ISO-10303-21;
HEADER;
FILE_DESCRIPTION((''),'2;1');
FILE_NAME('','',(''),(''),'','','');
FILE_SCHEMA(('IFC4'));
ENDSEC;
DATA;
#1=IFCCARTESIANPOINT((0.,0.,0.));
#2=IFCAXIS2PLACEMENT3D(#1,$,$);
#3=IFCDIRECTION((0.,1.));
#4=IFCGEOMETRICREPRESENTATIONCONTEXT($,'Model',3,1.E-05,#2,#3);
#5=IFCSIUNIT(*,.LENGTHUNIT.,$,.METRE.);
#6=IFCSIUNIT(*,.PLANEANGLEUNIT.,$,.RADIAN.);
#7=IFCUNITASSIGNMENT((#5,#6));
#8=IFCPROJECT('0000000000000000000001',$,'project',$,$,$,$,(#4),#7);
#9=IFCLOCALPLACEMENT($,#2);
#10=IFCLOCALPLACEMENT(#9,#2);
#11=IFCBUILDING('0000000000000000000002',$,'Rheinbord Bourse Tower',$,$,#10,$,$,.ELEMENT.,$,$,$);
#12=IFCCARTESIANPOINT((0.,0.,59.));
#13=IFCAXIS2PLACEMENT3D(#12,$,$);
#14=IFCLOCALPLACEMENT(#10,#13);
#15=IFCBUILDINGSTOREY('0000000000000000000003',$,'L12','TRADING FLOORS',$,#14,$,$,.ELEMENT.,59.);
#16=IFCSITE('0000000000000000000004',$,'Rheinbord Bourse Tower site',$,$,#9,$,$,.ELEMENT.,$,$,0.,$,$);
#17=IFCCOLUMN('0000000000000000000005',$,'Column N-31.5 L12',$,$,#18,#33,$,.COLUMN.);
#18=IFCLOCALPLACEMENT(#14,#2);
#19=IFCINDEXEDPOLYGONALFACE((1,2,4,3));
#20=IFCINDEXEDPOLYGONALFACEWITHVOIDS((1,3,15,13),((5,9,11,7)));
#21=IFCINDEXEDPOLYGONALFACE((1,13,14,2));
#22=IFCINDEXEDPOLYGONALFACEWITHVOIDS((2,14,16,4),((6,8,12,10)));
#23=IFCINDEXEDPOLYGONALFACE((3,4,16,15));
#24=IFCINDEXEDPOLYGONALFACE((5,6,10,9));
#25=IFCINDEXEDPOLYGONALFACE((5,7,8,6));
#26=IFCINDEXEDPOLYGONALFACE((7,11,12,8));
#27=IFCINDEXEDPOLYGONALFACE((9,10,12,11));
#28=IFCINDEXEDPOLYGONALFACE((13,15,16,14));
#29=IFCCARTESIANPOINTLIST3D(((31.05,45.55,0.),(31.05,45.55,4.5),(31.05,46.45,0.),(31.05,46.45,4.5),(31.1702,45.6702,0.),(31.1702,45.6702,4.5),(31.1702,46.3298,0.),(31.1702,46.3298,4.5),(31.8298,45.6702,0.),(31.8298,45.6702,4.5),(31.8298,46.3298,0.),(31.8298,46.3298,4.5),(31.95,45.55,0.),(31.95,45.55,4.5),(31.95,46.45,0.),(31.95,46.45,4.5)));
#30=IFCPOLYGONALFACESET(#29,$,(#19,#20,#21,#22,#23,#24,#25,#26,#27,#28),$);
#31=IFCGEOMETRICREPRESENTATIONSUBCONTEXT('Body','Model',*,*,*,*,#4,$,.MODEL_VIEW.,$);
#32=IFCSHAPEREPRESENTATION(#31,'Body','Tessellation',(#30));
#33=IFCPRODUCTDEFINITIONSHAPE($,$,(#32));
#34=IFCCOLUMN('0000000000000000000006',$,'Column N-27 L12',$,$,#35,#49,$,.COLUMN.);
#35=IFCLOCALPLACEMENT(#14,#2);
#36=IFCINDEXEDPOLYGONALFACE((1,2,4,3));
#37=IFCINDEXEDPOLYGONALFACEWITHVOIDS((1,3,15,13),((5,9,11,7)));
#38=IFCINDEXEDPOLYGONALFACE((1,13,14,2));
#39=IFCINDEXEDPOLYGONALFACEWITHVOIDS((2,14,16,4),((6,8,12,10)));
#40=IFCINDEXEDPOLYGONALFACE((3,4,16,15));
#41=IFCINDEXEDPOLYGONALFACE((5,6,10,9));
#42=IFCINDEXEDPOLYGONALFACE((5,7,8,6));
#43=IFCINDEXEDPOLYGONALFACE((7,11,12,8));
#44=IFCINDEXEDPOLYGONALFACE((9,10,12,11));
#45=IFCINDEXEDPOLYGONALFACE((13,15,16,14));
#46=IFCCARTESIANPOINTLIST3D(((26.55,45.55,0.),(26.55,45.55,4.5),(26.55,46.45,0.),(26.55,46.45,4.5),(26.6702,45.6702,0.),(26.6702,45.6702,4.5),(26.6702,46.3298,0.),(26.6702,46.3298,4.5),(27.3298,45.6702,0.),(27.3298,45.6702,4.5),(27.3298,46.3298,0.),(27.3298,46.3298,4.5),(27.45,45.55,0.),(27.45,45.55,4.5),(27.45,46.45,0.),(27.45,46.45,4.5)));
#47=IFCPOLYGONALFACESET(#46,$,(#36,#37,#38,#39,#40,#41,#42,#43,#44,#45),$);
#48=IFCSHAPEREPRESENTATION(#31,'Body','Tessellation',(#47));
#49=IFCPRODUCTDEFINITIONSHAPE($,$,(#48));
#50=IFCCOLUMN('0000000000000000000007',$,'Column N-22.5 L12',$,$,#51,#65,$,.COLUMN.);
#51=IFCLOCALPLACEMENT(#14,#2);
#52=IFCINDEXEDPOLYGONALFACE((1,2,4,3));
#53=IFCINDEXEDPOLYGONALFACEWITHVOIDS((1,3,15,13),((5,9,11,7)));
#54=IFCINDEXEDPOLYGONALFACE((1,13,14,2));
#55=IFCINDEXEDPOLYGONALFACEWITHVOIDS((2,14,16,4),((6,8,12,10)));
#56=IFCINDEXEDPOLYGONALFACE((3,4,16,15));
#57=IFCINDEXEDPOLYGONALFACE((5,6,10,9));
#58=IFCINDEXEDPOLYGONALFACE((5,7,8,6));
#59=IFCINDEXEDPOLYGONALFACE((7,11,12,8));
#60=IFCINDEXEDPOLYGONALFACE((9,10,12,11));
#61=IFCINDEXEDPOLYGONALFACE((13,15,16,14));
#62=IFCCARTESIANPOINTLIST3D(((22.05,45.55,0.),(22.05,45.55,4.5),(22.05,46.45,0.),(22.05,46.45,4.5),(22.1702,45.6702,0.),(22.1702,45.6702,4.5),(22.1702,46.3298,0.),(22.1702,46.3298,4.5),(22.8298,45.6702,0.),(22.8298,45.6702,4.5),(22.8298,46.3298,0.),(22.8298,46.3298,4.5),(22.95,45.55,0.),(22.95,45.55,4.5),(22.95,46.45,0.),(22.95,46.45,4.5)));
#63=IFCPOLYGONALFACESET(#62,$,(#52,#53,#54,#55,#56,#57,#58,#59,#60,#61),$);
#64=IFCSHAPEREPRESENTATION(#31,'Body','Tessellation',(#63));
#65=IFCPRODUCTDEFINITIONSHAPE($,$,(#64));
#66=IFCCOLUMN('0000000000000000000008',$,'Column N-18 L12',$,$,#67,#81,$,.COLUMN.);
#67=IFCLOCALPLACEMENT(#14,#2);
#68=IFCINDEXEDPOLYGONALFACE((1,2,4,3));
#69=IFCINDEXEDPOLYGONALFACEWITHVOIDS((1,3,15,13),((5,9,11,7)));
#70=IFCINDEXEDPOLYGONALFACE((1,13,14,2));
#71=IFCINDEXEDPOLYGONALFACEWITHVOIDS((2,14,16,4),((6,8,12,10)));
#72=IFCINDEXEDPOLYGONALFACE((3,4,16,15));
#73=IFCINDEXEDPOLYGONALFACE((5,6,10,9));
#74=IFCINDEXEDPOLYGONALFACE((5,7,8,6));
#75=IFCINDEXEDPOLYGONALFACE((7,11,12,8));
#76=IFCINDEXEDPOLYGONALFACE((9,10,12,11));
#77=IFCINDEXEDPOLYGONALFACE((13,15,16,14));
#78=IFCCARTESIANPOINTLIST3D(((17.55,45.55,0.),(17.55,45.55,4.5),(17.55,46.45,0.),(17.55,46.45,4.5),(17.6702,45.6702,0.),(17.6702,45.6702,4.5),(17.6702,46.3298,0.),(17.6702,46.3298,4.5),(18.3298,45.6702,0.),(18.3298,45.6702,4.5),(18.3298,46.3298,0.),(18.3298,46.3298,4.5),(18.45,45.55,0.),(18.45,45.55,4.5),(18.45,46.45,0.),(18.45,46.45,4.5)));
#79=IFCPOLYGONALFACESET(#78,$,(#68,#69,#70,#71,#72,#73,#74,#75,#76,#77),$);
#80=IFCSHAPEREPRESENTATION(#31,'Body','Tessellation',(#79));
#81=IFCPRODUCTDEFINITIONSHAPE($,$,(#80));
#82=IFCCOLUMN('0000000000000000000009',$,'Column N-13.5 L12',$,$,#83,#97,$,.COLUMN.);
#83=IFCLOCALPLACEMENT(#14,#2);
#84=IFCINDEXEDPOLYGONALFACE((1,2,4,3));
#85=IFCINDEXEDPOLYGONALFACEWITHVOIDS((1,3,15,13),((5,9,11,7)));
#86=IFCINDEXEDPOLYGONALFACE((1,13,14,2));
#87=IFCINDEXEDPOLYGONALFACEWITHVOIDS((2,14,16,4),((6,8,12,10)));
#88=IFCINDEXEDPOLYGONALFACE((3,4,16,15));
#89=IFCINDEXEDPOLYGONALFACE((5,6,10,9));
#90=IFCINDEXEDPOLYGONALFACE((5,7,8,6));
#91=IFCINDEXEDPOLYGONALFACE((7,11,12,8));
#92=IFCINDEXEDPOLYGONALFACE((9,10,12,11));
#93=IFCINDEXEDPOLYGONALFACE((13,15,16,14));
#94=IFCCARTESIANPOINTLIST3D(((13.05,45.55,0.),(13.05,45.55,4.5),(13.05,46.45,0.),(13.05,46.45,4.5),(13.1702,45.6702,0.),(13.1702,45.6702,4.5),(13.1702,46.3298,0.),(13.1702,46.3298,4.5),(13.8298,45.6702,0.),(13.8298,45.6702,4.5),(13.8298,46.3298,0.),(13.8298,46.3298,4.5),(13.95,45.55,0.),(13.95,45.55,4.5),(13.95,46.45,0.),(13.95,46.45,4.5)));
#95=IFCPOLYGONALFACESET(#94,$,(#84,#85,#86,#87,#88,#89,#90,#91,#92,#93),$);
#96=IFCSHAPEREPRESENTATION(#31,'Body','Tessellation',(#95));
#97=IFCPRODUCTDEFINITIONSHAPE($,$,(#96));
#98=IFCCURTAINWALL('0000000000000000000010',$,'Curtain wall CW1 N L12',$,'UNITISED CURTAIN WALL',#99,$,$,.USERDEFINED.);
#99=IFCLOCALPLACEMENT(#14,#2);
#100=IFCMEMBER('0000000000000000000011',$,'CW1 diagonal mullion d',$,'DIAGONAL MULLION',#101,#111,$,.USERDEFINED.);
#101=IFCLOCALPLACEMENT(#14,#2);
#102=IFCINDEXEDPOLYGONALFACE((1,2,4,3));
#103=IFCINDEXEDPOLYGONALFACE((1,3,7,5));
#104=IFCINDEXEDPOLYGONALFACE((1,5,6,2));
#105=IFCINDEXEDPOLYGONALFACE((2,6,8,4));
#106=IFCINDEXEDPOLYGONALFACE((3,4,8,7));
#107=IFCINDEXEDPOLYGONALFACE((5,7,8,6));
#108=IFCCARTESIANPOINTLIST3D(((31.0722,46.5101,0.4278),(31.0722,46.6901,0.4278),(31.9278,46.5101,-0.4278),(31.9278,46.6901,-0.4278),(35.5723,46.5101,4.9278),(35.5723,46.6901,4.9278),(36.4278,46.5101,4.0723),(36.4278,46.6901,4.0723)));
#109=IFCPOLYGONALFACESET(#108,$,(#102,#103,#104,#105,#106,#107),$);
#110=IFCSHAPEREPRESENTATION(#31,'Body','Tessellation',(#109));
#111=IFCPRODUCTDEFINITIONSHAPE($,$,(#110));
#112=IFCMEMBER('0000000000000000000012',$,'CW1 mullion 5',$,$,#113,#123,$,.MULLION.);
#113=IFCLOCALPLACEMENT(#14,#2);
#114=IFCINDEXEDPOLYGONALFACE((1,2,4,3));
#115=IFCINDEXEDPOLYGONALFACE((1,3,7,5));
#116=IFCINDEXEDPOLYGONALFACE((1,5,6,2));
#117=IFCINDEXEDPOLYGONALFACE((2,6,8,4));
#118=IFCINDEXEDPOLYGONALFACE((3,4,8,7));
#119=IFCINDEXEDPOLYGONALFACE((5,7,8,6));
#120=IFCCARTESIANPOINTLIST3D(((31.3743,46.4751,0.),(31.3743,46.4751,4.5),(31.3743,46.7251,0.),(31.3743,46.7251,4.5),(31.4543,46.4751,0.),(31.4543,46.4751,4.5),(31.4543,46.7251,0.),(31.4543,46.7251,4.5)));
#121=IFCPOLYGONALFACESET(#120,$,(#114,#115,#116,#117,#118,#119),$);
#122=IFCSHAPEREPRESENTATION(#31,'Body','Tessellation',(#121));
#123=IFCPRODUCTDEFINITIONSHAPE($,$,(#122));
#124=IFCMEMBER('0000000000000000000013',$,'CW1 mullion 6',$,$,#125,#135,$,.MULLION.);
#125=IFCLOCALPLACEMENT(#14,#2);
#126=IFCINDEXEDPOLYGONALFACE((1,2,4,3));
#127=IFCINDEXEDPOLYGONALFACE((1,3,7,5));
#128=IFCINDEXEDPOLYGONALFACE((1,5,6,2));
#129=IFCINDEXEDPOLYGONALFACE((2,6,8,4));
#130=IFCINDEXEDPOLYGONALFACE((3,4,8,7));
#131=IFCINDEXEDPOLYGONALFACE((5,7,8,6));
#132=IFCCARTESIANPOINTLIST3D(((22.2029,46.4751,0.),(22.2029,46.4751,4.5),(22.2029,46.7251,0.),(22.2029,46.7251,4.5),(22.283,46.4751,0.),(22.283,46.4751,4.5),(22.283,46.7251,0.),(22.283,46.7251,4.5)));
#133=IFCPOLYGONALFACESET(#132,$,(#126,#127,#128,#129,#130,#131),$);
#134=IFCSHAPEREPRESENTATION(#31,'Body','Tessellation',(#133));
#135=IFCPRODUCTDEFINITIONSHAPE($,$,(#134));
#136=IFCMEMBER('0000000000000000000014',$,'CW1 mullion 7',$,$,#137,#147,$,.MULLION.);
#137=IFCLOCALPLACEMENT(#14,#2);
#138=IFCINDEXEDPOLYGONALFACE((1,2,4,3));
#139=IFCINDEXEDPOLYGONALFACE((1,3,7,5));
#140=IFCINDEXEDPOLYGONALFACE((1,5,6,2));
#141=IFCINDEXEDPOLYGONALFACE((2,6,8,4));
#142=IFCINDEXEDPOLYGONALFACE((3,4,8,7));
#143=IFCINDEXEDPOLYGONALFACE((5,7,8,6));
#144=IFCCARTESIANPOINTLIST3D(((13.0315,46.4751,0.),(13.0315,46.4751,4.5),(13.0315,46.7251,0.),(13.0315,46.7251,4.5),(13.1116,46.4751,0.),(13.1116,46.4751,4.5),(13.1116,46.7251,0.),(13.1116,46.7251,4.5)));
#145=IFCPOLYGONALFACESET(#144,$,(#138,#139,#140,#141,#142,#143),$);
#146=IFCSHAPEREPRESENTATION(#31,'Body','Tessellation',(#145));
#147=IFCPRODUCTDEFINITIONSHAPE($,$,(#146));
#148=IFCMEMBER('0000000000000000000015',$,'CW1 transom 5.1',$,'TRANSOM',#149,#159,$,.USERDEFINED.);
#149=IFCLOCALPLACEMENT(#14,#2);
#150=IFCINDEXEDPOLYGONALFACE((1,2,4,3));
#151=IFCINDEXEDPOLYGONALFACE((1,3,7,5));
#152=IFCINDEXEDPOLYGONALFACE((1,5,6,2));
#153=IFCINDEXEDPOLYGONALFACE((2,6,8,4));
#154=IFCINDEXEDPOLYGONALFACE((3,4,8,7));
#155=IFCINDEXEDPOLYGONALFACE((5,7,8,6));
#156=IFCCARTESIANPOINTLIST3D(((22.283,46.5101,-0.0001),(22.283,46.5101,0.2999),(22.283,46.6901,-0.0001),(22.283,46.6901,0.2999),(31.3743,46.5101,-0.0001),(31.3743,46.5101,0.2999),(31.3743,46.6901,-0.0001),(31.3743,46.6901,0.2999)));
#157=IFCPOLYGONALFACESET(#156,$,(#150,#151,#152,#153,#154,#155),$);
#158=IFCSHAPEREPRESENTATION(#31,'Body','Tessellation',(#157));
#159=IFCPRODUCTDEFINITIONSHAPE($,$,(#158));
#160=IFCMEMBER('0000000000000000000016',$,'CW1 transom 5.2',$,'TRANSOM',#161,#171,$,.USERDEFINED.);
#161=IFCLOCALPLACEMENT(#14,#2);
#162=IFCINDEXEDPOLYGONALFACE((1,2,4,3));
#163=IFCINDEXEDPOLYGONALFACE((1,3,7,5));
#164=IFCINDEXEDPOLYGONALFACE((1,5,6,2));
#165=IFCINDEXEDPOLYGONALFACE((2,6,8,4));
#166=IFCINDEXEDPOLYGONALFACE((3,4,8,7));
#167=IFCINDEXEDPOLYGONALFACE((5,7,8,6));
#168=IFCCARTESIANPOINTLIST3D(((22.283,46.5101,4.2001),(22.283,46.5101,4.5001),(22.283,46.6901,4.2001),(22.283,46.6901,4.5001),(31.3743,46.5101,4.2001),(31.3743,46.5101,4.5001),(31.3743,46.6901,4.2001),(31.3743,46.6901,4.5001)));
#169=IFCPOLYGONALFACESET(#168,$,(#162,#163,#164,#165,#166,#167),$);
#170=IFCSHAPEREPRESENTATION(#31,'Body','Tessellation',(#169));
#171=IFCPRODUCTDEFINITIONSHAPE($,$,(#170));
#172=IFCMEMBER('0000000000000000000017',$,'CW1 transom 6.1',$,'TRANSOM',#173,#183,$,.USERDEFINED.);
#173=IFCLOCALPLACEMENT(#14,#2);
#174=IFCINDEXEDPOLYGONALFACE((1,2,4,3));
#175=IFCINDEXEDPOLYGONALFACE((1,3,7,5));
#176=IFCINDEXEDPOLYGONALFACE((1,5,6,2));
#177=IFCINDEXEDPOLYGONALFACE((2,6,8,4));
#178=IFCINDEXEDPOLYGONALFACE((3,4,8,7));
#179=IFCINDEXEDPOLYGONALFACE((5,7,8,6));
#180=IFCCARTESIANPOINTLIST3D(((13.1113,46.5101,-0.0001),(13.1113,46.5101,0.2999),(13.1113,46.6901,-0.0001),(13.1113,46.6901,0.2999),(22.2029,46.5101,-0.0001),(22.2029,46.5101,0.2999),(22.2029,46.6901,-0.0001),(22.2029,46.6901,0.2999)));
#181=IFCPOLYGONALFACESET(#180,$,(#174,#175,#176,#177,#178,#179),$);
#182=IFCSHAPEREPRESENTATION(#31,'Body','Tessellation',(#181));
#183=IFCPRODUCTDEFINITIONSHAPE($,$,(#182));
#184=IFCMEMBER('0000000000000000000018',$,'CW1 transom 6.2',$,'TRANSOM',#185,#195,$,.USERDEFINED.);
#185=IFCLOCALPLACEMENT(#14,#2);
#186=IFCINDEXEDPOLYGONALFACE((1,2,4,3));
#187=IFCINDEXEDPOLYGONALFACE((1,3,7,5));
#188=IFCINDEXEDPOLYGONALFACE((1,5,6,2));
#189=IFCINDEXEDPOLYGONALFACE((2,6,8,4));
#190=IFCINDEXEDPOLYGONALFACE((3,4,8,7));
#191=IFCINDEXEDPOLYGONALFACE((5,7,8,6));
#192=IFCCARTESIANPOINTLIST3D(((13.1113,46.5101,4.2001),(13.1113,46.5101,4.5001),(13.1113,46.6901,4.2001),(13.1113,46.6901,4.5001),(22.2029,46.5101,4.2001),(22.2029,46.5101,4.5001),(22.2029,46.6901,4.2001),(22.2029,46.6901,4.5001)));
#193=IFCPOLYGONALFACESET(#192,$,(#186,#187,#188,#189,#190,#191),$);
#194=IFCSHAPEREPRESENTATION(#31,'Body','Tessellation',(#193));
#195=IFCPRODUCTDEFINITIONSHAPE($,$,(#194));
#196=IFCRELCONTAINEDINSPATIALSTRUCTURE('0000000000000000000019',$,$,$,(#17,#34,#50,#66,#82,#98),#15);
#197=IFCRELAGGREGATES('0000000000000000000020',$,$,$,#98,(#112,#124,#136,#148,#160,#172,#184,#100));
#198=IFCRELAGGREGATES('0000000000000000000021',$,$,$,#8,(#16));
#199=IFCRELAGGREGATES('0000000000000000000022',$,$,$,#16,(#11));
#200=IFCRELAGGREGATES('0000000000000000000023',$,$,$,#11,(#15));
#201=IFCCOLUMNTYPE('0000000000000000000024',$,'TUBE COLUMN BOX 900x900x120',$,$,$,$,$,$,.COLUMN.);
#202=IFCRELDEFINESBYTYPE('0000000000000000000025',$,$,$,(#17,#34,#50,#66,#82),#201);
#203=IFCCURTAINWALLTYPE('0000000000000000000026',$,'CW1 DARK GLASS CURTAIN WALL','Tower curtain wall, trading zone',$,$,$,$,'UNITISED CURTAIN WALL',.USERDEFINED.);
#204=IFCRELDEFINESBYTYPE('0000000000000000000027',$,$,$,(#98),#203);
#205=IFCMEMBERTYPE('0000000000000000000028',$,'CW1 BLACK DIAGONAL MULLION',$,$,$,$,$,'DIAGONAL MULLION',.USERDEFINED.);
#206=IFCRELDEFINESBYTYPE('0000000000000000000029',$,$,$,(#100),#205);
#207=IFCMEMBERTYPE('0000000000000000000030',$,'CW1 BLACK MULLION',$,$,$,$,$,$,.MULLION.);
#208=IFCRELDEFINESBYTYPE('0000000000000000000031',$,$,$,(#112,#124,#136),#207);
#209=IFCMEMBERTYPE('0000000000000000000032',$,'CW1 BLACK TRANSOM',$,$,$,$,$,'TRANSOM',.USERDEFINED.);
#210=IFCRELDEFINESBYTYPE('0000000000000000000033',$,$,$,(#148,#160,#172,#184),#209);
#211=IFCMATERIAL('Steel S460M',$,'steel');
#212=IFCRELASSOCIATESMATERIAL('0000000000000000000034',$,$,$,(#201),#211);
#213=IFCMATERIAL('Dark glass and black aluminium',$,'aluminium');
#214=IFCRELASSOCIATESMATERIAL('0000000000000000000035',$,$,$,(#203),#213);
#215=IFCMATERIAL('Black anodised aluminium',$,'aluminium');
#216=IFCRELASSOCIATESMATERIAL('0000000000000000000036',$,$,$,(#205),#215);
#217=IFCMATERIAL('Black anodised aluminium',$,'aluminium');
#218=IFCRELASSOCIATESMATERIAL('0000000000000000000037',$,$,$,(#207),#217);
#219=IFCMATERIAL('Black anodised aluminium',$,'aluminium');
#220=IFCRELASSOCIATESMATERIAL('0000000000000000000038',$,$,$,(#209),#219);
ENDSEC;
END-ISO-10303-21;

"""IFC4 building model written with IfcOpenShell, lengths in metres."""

from ifc_helpers import new_model, si_unit, direction, frame, origin, origin_2d, place, context, subcontext, project, spatial, rectangle, hollow_rectangle, extrude, material, material_profile, profile_set, type_object, element, aggregate, save


model = new_model("IFC4")

# Units and contexts
model_context = context("Model", 3, precision=1e-05, world=origin(), true_north=direction((0.0, 1.0)))
body_context = subcontext(model_context, "Body", "Model", "MODEL_VIEW")
ifc_project = project(units=[si_unit("LENGTHUNIT", "METRE"), si_unit("PLANEANGLEUNIT", "RADIAN")], contexts=[model_context])

# Site, building, storey
site_placement = place(None, origin())
site = spatial("IfcSite", under=ifc_project, at=site_placement, Name="Rheinbord Bourse Tower site", CompositionType="ELEMENT", RefElevation=0.0)
building_placement = place(site_placement, origin())
building = spatial("IfcBuilding", under=site, at=building_placement, Name="Rheinbord Bourse Tower", CompositionType="ELEMENT")
storey_placement = place(building_placement, frame((0.0, 0.0, 59.0)))
storey = spatial("IfcBuildingStorey", under=building, at=storey_placement, Name="L12", Description="TRADING FLOORS", CompositionType="ELEMENT", Elevation=59.0)

# Columns
ifc_material_1 = material(Name="Steel S460M", Category="steel")
ifc_material_profile_1 = material_profile(ifc_material_1, hollow_rectangle(XDim=0.8999, YDim=0.8999, WallThickness=0.1201, at=origin_2d()), Name="BOX 900x900x120")
ifc_profile_set_1 = profile_set([ifc_material_profile_1], Name="Steel S460M")
column_type = type_object("IfcColumnType", Name="TUBE COLUMN BOX 900x900x120", PredefinedType="COLUMN", material=ifc_profile_set_1)
for number, where, z_axis, x_axis, name in (
    (1, (31.5, 46.0, 0.0), (0.0, 0.0, 1.0), (0.0, 1.0, 0.0), "Column N-31.5 L12"),
    (2, (27.0, 46.0, 0.0), (0.0, 0.0, 1.0), (0.0, 1.0, 0.0), "Column N-27 L12"),
    (3, (22.5, 46.0, 0.0), (0.0, 0.0, 1.0), (0.0, 1.0, 0.0), "Column N-22.5 L12"),
    (4, (18.0, 46.0, 0.0), (0.0, 0.0, 1.0), (0.0, 1.0, 0.0), "Column N-18 L12"),
    (5, (13.5, 46.0, 0.0), (0.0, 0.0, 1.0), (0.0, 1.0, 0.0), "Column N-13.5 L12"),
):
    element("IfcColumn", number, at=place(storey_placement, frame(where, z_axis=z_axis, x_axis=x_axis)), inside=storey, type_object=column_type, Name=name, PredefinedType="COLUMN", context=body_context, shape_type="SweptSolid", body=[
        extrude(hollow_rectangle(XDim=0.8999, YDim=0.8999, WallThickness=0.1201, at=origin_2d()), origin(), (0.0, 0.0, 1.0), 4.5),
    ])

# Curtain wall, members
ifc_material_2 = material(Name="Dark glass and black aluminium", Category="aluminium")
curtain_wall_type = type_object("IfcCurtainWallType", Name="CW1 DARK GLASS CURTAIN WALL", Description="Tower curtain wall, trading zone", ElementType="UNITISED CURTAIN WALL", PredefinedType="USERDEFINED", material=ifc_material_2)
curtain_wall_placement = place(storey_placement, origin())
curtain_wall = element("IfcCurtainWall", 6, at=curtain_wall_placement, inside=storey, type_object=curtain_wall_type, Name="Curtain wall CW1 N L12", ObjectType="UNITISED CURTAIN WALL", PredefinedType="USERDEFINED")
ifc_material_3 = material(Name="Black anodised aluminium", Category="aluminium")
ifc_material_profile_2 = material_profile(ifc_material_3, rectangle(XDim=0.1799, YDim=1.21, at=origin_2d()), Name="CW1 DIAGONAL MULLION 1210x180")
ifc_profile_set_2 = profile_set([ifc_material_profile_2], Name="Black anodised aluminium")
member_type_1 = type_object("IfcMemberType", Name="CW1 BLACK DIAGONAL MULLION", ElementType="DIAGONAL MULLION", PredefinedType="USERDEFINED", material=ifc_profile_set_2)
member_1_placement = place(storey_placement, frame((31.5, 46.6001, 0.0), z_axis=(0.707107, 0.0, 0.707107), x_axis=(0.0, 1.0, 0.0)))
member_1 = element("IfcMember", 7, at=member_1_placement, type_object=member_type_1, Name="CW1 diagonal mullion d", ObjectType="DIAGONAL MULLION", PredefinedType="USERDEFINED", context=body_context, shape_type="SweptSolid", body=[
    extrude(rectangle(XDim=0.1799, YDim=1.21, at=origin_2d()), origin(), (0.0, 0.0, 1.0), 6.364),
])
ifc_material_4 = material(Name="Black anodised aluminium", Category="aluminium")
ifc_material_profile_3 = material_profile(ifc_material_4, rectangle(XDim=0.25, YDim=0.0801, at=origin_2d()), Name="CW1 MULLION 80x250")
ifc_profile_set_3 = profile_set([ifc_material_profile_3], Name="Black anodised aluminium")
member_type_2 = type_object("IfcMemberType", Name="CW1 BLACK MULLION", PredefinedType="MULLION", material=ifc_profile_set_3)
member_2_placement = place(storey_placement, frame((31.4143, 46.6001, 0.0), z_axis=(0.0, 0.0, 1.0), x_axis=(0.0, -1.0, 0.0)))
member_2 = element("IfcMember", 8, at=member_2_placement, type_object=member_type_2, Name="CW1 mullion 5", PredefinedType="MULLION", context=body_context, shape_type="SweptSolid", body=[
    extrude(rectangle(XDim=0.25, YDim=0.0801, at=origin_2d()), origin(), (0.0, 0.0, 1.0), 4.5),
])
member_3_placement = place(storey_placement, frame((22.2429, 46.6001, 0.0), z_axis=(0.0, 0.0, 1.0), x_axis=(0.0, -1.0, 0.0)))
member_3 = element("IfcMember", 9, at=member_3_placement, type_object=member_type_2, Name="CW1 mullion 6", PredefinedType="MULLION", context=body_context, shape_type="SweptSolid", body=[
    extrude(rectangle(XDim=0.25, YDim=0.0801, at=origin_2d()), origin(), (0.0, 0.0, 1.0), 4.5),
])
member_4_placement = place(storey_placement, frame((13.0715, 46.6001, 0.0), z_axis=(0.0, 0.0, 1.0), x_axis=(0.0, -1.0, 0.0)))
member_4 = element("IfcMember", 10, at=member_4_placement, type_object=member_type_2, Name="CW1 mullion 7", PredefinedType="MULLION", context=body_context, shape_type="SweptSolid", body=[
    extrude(rectangle(XDim=0.25, YDim=0.0801, at=origin_2d()), origin(), (0.0, 0.0, 1.0), 4.5),
])
ifc_material_5 = material(Name="Black anodised aluminium", Category="aluminium")
ifc_material_profile_4 = material_profile(ifc_material_5, rectangle(XDim=0.1799, YDim=0.3, at=origin_2d()), Name="CW1 TRANSOM 300x180")
ifc_profile_set_4 = profile_set([ifc_material_profile_4], Name="Black anodised aluminium")
member_type_3 = type_object("IfcMemberType", Name="CW1 BLACK TRANSOM", ElementType="TRANSOM", PredefinedType="USERDEFINED", material=ifc_profile_set_4)
member_5_placement = place(storey_placement, frame((31.3743, 46.6001, 0.1499), z_axis=(-1.0, 0.0, 0.0), x_axis=(0.0, -1.0, 0.0)))
member_5 = element("IfcMember", 11, at=member_5_placement, type_object=member_type_3, Name="CW1 transom 5.1", ObjectType="TRANSOM", PredefinedType="USERDEFINED", context=body_context, shape_type="SweptSolid", body=[
    extrude(rectangle(XDim=0.1799, YDim=0.3, at=origin_2d()), origin(), (0.0, 0.0, 1.0), 9.0913),
])
member_6_placement = place(storey_placement, frame((31.3743, 46.6001, 4.3501), z_axis=(-1.0, 0.0, 0.0), x_axis=(0.0, -1.0, 0.0)))
member_6 = element("IfcMember", 12, at=member_6_placement, type_object=member_type_3, Name="CW1 transom 5.2", ObjectType="TRANSOM", PredefinedType="USERDEFINED", context=body_context, shape_type="SweptSolid", body=[
    extrude(rectangle(XDim=0.1799, YDim=0.3, at=origin_2d()), origin(), (0.0, 0.0, 1.0), 9.0913),
])
member_7_placement = place(storey_placement, frame((22.2029, 46.6001, 0.1499), z_axis=(-1.0, 0.0, 0.0), x_axis=(0.0, -1.0, 0.0)))
member_7 = element("IfcMember", 13, at=member_7_placement, type_object=member_type_3, Name="CW1 transom 6.1", ObjectType="TRANSOM", PredefinedType="USERDEFINED", context=body_context, shape_type="SweptSolid", body=[
    extrude(rectangle(XDim=0.1799, YDim=0.3, at=origin_2d()), origin(), (0.0, 0.0, 1.0), 9.0916),
])
member_8_placement = place(storey_placement, frame((22.2029, 46.6001, 4.3501), z_axis=(-1.0, 0.0, 0.0), x_axis=(0.0, -1.0, 0.0)))
member_8 = element("IfcMember", 14, at=member_8_placement, type_object=member_type_3, Name="CW1 transom 6.2", ObjectType="TRANSOM", PredefinedType="USERDEFINED", context=body_context, shape_type="SweptSolid", body=[
    extrude(rectangle(XDim=0.1799, YDim=0.3, at=origin_2d()), origin(), (0.0, 0.0, 1.0), 9.0916),
])

aggregate(curtain_wall, [member_2, member_3, member_4, member_5, member_6, member_7, member_8, member_1])

save(model, "model.ifc")
